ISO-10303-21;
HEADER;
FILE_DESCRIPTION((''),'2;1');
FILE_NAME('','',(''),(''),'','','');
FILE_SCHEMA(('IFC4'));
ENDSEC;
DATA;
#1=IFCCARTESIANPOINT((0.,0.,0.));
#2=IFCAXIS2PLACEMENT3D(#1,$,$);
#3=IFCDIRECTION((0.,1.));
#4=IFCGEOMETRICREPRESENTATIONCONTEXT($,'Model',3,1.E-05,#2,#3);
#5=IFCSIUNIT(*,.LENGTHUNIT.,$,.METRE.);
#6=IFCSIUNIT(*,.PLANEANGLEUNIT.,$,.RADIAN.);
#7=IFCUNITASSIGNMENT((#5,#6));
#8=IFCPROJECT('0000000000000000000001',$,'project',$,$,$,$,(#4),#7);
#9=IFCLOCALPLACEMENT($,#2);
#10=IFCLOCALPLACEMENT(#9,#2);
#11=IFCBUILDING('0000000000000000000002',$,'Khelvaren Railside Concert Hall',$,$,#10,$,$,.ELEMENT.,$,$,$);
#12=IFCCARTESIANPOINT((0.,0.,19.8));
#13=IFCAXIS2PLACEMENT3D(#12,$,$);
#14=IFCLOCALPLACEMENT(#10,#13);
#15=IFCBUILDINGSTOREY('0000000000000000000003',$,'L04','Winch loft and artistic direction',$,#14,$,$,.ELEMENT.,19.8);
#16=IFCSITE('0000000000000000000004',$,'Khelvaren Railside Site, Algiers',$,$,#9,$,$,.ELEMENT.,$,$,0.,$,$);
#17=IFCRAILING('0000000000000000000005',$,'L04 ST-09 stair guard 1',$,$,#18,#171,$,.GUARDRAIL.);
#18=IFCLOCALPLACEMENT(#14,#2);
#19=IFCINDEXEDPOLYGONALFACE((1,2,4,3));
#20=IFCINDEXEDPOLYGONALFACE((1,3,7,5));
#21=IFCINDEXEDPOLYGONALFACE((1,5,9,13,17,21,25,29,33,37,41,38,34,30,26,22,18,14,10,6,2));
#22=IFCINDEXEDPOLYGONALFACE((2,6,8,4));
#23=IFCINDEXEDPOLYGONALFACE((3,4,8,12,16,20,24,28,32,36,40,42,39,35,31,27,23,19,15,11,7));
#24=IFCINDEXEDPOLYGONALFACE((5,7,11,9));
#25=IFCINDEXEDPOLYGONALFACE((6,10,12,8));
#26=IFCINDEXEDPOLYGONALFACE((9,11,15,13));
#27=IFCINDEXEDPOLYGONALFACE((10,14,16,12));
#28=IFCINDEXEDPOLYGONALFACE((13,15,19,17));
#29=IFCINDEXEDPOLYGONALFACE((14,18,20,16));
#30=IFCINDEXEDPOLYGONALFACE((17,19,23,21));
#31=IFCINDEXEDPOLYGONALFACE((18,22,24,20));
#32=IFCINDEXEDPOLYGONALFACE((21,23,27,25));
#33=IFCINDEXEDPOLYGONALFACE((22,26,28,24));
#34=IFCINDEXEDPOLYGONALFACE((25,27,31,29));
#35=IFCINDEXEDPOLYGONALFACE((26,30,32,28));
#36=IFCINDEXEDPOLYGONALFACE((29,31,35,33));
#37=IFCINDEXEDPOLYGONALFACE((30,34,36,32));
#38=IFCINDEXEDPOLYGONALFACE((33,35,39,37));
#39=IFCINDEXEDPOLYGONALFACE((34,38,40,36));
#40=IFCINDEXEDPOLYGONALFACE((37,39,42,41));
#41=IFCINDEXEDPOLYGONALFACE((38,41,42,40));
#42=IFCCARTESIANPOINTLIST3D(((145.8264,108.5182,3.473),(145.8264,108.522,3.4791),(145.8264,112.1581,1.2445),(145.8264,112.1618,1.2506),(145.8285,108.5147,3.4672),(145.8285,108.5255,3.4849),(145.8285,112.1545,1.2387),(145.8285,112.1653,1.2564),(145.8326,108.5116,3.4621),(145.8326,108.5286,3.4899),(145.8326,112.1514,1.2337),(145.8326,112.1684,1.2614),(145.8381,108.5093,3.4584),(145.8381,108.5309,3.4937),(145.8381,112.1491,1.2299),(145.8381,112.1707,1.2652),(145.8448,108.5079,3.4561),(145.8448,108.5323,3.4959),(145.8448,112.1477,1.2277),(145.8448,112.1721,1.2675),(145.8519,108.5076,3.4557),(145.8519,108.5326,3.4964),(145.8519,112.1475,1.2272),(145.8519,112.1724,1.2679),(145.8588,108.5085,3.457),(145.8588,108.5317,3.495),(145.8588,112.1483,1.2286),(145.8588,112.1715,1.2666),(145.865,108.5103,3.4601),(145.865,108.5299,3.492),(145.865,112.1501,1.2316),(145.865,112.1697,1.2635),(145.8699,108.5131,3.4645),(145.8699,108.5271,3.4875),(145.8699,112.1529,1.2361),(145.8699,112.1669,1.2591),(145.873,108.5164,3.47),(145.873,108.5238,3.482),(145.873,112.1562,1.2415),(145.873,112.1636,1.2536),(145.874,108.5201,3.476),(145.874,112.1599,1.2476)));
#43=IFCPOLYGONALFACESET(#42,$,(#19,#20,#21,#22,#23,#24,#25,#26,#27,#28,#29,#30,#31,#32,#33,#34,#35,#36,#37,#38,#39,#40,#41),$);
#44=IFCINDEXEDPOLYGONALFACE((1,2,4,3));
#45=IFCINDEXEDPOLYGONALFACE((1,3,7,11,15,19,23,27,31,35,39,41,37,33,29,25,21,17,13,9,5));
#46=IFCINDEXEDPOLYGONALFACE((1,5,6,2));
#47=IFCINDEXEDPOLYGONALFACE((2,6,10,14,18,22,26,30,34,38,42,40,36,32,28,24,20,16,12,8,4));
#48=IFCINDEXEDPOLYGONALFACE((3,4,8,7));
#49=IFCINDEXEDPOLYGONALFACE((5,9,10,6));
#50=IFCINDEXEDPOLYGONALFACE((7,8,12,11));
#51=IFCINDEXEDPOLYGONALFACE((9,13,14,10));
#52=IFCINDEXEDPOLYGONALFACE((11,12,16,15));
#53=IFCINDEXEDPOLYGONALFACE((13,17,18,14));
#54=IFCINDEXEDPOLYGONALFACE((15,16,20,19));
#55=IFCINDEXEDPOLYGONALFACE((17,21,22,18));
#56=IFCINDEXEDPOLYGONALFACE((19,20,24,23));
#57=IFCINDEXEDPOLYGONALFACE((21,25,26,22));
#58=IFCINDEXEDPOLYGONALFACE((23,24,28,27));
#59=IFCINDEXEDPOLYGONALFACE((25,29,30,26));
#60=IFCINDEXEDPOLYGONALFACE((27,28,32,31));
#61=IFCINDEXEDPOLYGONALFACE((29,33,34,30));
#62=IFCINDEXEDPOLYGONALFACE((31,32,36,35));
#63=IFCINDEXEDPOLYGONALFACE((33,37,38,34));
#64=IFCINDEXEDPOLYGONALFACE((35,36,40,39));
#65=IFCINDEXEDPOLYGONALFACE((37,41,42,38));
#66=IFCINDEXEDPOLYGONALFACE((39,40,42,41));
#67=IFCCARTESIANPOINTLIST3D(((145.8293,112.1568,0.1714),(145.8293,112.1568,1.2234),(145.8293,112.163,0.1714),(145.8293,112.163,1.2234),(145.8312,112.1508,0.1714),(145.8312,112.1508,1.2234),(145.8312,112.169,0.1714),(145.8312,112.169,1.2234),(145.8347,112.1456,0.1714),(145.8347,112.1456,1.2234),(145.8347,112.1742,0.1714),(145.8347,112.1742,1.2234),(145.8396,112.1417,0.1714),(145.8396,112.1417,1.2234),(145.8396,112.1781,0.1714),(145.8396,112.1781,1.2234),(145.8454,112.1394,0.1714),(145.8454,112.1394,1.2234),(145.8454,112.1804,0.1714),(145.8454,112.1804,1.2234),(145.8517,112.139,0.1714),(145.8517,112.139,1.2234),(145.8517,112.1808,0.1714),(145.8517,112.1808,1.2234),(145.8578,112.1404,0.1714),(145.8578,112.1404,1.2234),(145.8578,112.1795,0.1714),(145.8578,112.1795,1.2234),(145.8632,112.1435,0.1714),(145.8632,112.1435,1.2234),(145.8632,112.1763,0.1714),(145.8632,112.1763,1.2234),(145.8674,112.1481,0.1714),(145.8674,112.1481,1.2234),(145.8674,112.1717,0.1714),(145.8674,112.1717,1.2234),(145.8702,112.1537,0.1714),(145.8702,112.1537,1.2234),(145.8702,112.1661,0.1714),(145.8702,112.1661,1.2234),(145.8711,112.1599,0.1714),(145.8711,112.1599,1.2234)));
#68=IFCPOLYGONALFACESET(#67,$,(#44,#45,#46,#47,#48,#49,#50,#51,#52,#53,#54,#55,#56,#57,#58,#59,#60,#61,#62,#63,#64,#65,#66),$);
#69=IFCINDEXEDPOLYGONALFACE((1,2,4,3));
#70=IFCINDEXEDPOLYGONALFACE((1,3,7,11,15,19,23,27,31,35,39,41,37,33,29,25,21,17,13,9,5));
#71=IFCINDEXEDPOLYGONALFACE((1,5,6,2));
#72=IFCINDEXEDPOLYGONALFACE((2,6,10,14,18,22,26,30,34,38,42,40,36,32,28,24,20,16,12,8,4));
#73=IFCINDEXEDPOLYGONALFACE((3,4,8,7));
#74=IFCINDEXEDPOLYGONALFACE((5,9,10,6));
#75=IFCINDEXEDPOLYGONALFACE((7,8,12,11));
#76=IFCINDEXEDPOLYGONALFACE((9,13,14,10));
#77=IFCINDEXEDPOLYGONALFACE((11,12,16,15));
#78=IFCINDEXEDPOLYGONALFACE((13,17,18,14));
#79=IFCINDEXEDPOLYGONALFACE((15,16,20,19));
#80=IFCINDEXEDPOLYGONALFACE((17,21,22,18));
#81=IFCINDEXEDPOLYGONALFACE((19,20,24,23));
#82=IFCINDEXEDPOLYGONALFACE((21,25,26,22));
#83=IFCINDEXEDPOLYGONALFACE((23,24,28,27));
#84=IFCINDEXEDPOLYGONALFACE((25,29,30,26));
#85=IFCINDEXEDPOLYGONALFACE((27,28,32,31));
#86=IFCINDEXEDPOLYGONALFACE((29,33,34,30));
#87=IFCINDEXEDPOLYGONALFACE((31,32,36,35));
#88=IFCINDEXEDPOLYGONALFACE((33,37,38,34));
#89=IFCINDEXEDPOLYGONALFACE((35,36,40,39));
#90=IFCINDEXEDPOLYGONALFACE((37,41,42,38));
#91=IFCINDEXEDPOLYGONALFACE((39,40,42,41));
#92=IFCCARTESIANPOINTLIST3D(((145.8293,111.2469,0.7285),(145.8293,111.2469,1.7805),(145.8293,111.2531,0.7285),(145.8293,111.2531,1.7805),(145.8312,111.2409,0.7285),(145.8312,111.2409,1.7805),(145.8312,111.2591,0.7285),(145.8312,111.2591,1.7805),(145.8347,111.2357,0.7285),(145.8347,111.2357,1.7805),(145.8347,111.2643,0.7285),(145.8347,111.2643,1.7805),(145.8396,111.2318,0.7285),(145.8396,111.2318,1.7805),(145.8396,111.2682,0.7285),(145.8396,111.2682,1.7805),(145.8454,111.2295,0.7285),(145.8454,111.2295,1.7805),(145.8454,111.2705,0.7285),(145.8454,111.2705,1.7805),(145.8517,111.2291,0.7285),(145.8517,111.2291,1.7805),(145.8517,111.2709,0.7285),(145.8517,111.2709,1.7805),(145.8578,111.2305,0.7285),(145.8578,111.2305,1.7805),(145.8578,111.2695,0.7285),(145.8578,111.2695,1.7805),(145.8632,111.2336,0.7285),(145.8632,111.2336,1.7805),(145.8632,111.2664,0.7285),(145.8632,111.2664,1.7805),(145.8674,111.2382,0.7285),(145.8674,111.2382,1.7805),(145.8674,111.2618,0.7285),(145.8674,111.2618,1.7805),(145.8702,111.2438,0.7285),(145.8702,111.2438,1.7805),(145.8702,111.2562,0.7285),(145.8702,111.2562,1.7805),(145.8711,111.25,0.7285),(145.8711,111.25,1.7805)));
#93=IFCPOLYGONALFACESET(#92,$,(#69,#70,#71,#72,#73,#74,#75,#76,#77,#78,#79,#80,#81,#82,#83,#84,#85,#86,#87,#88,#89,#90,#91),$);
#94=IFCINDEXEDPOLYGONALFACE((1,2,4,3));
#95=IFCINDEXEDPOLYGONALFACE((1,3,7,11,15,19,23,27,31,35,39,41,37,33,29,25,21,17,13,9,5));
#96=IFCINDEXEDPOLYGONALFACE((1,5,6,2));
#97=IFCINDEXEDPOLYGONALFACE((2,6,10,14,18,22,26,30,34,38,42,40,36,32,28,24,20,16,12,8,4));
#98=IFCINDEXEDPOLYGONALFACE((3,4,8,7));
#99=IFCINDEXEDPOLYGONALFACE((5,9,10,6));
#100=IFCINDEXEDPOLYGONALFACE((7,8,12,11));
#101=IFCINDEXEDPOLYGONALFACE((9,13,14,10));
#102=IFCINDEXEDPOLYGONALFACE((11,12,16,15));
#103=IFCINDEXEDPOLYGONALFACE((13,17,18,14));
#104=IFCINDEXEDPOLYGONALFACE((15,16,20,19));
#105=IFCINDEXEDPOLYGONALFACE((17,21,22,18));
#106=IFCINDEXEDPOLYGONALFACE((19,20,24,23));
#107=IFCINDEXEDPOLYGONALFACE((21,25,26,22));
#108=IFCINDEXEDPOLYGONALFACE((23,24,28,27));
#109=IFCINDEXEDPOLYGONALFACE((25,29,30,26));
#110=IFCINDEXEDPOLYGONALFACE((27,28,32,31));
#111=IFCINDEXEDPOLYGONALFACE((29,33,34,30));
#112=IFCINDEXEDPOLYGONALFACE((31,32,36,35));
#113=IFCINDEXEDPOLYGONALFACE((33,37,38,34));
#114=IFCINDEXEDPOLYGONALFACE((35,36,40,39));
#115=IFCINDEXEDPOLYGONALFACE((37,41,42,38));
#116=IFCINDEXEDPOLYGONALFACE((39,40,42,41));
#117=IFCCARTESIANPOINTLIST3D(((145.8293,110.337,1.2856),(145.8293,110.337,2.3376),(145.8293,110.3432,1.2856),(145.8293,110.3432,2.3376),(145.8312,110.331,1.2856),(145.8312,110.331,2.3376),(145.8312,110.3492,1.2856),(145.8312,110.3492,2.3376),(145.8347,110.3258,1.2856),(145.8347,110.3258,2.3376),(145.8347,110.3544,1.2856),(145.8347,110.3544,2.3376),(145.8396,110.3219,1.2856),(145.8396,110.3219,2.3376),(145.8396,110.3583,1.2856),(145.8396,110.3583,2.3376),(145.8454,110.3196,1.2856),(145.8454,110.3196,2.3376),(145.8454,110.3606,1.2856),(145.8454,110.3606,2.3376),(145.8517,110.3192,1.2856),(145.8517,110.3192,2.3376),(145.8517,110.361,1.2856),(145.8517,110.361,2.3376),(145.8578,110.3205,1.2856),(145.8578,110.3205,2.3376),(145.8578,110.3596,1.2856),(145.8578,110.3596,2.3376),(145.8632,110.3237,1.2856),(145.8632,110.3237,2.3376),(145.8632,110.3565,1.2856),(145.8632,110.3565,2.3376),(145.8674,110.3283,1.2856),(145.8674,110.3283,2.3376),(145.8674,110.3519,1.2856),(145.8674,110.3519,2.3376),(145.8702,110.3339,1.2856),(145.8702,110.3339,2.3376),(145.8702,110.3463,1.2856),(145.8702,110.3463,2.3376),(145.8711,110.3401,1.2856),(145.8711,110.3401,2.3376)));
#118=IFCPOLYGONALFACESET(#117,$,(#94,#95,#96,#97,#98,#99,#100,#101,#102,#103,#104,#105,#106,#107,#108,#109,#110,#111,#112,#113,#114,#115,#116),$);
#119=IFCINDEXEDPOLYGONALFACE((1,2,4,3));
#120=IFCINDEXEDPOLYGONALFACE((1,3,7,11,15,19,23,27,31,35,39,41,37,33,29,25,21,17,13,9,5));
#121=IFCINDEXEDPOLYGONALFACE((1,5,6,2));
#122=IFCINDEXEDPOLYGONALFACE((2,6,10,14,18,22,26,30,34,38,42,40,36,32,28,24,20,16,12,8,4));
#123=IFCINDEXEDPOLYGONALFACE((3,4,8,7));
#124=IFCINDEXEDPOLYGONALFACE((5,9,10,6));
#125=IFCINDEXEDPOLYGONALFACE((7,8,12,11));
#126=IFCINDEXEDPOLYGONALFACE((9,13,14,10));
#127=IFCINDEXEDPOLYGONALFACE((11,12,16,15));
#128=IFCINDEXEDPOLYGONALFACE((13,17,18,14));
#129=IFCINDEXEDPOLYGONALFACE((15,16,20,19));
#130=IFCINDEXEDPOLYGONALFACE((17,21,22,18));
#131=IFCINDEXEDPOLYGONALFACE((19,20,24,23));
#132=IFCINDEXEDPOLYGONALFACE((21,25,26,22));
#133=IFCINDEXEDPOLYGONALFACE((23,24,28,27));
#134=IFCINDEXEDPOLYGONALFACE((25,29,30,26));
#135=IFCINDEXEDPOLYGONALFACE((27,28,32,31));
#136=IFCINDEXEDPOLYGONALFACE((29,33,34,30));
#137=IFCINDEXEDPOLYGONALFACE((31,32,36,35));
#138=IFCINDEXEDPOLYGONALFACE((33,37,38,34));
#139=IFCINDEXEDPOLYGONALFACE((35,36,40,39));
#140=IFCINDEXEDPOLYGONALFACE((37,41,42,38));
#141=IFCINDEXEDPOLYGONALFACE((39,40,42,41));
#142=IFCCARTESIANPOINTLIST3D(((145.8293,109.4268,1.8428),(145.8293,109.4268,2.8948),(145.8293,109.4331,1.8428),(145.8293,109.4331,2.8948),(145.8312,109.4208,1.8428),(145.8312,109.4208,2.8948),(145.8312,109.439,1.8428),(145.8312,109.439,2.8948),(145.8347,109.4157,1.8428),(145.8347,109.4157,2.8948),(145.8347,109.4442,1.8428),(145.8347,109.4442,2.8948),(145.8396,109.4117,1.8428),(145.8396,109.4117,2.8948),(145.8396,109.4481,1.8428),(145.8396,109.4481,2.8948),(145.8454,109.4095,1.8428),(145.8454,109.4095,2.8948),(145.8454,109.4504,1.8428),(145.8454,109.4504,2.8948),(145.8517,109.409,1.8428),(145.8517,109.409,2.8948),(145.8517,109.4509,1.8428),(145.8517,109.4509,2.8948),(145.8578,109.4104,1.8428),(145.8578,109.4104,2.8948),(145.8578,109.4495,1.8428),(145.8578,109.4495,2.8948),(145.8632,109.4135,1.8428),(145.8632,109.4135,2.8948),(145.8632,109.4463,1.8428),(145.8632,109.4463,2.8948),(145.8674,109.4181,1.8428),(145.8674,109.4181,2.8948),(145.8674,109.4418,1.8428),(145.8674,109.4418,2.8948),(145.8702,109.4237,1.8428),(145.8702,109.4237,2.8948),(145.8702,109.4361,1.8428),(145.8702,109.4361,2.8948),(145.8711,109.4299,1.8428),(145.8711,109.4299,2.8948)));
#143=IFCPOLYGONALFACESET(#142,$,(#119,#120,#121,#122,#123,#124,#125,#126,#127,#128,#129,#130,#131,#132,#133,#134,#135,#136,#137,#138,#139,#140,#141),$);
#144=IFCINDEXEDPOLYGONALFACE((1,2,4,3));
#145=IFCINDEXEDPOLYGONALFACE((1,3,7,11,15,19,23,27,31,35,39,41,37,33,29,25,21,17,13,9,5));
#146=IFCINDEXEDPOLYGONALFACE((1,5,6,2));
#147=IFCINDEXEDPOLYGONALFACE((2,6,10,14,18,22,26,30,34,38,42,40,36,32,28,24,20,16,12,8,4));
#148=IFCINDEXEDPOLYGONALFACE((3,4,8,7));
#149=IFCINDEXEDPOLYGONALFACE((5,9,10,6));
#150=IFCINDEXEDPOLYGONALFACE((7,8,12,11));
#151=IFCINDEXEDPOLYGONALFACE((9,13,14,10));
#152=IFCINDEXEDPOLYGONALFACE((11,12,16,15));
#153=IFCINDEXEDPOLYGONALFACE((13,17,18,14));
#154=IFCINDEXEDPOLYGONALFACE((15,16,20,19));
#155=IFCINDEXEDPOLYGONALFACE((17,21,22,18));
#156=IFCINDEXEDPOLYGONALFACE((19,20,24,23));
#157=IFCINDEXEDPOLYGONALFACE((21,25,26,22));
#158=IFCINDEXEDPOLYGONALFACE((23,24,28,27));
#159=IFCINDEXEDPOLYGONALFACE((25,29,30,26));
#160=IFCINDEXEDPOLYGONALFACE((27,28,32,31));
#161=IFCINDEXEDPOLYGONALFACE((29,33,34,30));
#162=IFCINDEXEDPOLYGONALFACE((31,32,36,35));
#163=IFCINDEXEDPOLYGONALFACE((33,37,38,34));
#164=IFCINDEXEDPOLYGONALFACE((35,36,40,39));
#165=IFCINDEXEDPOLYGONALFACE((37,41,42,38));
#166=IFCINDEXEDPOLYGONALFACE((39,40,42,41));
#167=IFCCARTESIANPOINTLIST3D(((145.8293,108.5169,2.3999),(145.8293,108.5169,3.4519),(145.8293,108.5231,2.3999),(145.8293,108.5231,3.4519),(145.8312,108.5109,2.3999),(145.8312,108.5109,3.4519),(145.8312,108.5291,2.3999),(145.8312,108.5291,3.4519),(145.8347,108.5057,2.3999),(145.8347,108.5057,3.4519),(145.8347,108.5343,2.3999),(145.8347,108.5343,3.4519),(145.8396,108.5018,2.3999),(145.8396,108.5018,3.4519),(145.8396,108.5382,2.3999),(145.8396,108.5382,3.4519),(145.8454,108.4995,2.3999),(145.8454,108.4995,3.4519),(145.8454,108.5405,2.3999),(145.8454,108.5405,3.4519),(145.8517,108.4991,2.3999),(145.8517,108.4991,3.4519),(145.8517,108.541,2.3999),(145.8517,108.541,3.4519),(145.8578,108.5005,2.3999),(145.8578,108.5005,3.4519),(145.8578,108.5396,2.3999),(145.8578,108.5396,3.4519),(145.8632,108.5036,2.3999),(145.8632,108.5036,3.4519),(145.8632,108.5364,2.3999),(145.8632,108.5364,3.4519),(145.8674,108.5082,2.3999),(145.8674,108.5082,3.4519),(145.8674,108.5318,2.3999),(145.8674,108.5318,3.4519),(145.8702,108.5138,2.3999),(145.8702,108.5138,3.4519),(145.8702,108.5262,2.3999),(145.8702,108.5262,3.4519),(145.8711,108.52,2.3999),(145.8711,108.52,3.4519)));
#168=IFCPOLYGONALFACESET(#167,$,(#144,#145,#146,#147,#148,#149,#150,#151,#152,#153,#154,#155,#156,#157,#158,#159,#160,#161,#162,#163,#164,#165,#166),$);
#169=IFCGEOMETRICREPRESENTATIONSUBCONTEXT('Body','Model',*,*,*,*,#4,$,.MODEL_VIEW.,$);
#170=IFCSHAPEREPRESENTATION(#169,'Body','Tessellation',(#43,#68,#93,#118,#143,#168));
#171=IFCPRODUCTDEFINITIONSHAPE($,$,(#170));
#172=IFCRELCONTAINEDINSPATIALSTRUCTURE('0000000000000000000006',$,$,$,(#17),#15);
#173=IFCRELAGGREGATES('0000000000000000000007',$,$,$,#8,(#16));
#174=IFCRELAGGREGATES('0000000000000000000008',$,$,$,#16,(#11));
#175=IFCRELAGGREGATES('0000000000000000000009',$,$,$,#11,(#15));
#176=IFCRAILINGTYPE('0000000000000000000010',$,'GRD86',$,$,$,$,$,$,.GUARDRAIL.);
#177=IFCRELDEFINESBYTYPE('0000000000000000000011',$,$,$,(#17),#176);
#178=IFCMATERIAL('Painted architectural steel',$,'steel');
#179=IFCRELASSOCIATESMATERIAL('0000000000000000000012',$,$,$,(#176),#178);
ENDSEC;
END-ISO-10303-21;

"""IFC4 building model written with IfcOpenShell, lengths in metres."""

from ifc_helpers import new_model, si_unit, direction, frame, origin, origin_2d, place, context, subcontext, project, spatial, circle, extrude, material, type_object, element, save


model = new_model("IFC4")

# Units and contexts
model_context = context("Model", 3, precision=1e-05, world=origin(), true_north=direction((0.0, 1.0)))
body_context = subcontext(model_context, "Body", "Model", "MODEL_VIEW")
ifc_project = project(units=[si_unit("LENGTHUNIT", "METRE"), si_unit("PLANEANGLEUNIT", "RADIAN")], contexts=[model_context])

# Site, building, storey
site_placement = place(None, origin())
site = spatial("IfcSite", under=ifc_project, at=site_placement, Name="Khelvaren Railside Site, Algiers", CompositionType="ELEMENT", RefElevation=0.0)
building_placement = place(site_placement, origin())
building = spatial("IfcBuilding", under=site, at=building_placement, Name="Khelvaren Railside Concert Hall", CompositionType="ELEMENT")
storey_placement = place(building_placement, frame((0.0, 0.0, 19.8)))
storey = spatial("IfcBuildingStorey", under=building, at=storey_placement, Name="L04", Description="Winch loft and artistic direction", CompositionType="ELEMENT", Elevation=19.8)

# Railing
ifc_material_1 = material(Name="Painted architectural steel", Category="steel")
railing_type_1 = type_object("IfcRailingType", Name="GRD86", PredefinedType="GUARDRAIL", material=ifc_material_1)
railing_1_placement = place(storey_placement, frame((145.8501, 112.1599, 0.1714)))
element("IfcRailing", 1, at=railing_1_placement, inside=storey, type_object=railing_type_1, Name="L04 ST-09 stair guard 1", PredefinedType="GUARDRAIL", context=body_context, shape_type="SweptSolid", body=[
    extrude(circle(Radius=0.0239, at=origin_2d()), frame((0.0, 0.0, 1.0762), z_axis=(0.0, -0.85285, 0.522156), x_axis=(1.0, 0.0, 0.0)), (0.0, 0.0, 1.0), 4.2678),
    extrude(circle(Radius=0.021, at=origin_2d()), origin(), (0.0, 0.0, 1.0), 1.052),
    extrude(circle(Radius=0.021, at=origin_2d()), frame((0.0, -0.9099, 0.5571)), (0.0, 0.0, 1.0), 1.052),
    extrude(circle(Radius=0.021, at=origin_2d()), frame((0.0, -1.8198, 1.1143)), (0.0, 0.0, 1.0), 1.052),
    extrude(circle(Radius=0.021, at=origin_2d()), frame((0.0, -2.73, 1.6714)), (0.0, 0.0, 1.0), 1.052),
    extrude(circle(Radius=0.021, at=origin_2d()), frame((0.0, -3.6399, 2.2285)), (0.0, 0.0, 1.0), 1.052),
])

save(model, "model.ifc")
